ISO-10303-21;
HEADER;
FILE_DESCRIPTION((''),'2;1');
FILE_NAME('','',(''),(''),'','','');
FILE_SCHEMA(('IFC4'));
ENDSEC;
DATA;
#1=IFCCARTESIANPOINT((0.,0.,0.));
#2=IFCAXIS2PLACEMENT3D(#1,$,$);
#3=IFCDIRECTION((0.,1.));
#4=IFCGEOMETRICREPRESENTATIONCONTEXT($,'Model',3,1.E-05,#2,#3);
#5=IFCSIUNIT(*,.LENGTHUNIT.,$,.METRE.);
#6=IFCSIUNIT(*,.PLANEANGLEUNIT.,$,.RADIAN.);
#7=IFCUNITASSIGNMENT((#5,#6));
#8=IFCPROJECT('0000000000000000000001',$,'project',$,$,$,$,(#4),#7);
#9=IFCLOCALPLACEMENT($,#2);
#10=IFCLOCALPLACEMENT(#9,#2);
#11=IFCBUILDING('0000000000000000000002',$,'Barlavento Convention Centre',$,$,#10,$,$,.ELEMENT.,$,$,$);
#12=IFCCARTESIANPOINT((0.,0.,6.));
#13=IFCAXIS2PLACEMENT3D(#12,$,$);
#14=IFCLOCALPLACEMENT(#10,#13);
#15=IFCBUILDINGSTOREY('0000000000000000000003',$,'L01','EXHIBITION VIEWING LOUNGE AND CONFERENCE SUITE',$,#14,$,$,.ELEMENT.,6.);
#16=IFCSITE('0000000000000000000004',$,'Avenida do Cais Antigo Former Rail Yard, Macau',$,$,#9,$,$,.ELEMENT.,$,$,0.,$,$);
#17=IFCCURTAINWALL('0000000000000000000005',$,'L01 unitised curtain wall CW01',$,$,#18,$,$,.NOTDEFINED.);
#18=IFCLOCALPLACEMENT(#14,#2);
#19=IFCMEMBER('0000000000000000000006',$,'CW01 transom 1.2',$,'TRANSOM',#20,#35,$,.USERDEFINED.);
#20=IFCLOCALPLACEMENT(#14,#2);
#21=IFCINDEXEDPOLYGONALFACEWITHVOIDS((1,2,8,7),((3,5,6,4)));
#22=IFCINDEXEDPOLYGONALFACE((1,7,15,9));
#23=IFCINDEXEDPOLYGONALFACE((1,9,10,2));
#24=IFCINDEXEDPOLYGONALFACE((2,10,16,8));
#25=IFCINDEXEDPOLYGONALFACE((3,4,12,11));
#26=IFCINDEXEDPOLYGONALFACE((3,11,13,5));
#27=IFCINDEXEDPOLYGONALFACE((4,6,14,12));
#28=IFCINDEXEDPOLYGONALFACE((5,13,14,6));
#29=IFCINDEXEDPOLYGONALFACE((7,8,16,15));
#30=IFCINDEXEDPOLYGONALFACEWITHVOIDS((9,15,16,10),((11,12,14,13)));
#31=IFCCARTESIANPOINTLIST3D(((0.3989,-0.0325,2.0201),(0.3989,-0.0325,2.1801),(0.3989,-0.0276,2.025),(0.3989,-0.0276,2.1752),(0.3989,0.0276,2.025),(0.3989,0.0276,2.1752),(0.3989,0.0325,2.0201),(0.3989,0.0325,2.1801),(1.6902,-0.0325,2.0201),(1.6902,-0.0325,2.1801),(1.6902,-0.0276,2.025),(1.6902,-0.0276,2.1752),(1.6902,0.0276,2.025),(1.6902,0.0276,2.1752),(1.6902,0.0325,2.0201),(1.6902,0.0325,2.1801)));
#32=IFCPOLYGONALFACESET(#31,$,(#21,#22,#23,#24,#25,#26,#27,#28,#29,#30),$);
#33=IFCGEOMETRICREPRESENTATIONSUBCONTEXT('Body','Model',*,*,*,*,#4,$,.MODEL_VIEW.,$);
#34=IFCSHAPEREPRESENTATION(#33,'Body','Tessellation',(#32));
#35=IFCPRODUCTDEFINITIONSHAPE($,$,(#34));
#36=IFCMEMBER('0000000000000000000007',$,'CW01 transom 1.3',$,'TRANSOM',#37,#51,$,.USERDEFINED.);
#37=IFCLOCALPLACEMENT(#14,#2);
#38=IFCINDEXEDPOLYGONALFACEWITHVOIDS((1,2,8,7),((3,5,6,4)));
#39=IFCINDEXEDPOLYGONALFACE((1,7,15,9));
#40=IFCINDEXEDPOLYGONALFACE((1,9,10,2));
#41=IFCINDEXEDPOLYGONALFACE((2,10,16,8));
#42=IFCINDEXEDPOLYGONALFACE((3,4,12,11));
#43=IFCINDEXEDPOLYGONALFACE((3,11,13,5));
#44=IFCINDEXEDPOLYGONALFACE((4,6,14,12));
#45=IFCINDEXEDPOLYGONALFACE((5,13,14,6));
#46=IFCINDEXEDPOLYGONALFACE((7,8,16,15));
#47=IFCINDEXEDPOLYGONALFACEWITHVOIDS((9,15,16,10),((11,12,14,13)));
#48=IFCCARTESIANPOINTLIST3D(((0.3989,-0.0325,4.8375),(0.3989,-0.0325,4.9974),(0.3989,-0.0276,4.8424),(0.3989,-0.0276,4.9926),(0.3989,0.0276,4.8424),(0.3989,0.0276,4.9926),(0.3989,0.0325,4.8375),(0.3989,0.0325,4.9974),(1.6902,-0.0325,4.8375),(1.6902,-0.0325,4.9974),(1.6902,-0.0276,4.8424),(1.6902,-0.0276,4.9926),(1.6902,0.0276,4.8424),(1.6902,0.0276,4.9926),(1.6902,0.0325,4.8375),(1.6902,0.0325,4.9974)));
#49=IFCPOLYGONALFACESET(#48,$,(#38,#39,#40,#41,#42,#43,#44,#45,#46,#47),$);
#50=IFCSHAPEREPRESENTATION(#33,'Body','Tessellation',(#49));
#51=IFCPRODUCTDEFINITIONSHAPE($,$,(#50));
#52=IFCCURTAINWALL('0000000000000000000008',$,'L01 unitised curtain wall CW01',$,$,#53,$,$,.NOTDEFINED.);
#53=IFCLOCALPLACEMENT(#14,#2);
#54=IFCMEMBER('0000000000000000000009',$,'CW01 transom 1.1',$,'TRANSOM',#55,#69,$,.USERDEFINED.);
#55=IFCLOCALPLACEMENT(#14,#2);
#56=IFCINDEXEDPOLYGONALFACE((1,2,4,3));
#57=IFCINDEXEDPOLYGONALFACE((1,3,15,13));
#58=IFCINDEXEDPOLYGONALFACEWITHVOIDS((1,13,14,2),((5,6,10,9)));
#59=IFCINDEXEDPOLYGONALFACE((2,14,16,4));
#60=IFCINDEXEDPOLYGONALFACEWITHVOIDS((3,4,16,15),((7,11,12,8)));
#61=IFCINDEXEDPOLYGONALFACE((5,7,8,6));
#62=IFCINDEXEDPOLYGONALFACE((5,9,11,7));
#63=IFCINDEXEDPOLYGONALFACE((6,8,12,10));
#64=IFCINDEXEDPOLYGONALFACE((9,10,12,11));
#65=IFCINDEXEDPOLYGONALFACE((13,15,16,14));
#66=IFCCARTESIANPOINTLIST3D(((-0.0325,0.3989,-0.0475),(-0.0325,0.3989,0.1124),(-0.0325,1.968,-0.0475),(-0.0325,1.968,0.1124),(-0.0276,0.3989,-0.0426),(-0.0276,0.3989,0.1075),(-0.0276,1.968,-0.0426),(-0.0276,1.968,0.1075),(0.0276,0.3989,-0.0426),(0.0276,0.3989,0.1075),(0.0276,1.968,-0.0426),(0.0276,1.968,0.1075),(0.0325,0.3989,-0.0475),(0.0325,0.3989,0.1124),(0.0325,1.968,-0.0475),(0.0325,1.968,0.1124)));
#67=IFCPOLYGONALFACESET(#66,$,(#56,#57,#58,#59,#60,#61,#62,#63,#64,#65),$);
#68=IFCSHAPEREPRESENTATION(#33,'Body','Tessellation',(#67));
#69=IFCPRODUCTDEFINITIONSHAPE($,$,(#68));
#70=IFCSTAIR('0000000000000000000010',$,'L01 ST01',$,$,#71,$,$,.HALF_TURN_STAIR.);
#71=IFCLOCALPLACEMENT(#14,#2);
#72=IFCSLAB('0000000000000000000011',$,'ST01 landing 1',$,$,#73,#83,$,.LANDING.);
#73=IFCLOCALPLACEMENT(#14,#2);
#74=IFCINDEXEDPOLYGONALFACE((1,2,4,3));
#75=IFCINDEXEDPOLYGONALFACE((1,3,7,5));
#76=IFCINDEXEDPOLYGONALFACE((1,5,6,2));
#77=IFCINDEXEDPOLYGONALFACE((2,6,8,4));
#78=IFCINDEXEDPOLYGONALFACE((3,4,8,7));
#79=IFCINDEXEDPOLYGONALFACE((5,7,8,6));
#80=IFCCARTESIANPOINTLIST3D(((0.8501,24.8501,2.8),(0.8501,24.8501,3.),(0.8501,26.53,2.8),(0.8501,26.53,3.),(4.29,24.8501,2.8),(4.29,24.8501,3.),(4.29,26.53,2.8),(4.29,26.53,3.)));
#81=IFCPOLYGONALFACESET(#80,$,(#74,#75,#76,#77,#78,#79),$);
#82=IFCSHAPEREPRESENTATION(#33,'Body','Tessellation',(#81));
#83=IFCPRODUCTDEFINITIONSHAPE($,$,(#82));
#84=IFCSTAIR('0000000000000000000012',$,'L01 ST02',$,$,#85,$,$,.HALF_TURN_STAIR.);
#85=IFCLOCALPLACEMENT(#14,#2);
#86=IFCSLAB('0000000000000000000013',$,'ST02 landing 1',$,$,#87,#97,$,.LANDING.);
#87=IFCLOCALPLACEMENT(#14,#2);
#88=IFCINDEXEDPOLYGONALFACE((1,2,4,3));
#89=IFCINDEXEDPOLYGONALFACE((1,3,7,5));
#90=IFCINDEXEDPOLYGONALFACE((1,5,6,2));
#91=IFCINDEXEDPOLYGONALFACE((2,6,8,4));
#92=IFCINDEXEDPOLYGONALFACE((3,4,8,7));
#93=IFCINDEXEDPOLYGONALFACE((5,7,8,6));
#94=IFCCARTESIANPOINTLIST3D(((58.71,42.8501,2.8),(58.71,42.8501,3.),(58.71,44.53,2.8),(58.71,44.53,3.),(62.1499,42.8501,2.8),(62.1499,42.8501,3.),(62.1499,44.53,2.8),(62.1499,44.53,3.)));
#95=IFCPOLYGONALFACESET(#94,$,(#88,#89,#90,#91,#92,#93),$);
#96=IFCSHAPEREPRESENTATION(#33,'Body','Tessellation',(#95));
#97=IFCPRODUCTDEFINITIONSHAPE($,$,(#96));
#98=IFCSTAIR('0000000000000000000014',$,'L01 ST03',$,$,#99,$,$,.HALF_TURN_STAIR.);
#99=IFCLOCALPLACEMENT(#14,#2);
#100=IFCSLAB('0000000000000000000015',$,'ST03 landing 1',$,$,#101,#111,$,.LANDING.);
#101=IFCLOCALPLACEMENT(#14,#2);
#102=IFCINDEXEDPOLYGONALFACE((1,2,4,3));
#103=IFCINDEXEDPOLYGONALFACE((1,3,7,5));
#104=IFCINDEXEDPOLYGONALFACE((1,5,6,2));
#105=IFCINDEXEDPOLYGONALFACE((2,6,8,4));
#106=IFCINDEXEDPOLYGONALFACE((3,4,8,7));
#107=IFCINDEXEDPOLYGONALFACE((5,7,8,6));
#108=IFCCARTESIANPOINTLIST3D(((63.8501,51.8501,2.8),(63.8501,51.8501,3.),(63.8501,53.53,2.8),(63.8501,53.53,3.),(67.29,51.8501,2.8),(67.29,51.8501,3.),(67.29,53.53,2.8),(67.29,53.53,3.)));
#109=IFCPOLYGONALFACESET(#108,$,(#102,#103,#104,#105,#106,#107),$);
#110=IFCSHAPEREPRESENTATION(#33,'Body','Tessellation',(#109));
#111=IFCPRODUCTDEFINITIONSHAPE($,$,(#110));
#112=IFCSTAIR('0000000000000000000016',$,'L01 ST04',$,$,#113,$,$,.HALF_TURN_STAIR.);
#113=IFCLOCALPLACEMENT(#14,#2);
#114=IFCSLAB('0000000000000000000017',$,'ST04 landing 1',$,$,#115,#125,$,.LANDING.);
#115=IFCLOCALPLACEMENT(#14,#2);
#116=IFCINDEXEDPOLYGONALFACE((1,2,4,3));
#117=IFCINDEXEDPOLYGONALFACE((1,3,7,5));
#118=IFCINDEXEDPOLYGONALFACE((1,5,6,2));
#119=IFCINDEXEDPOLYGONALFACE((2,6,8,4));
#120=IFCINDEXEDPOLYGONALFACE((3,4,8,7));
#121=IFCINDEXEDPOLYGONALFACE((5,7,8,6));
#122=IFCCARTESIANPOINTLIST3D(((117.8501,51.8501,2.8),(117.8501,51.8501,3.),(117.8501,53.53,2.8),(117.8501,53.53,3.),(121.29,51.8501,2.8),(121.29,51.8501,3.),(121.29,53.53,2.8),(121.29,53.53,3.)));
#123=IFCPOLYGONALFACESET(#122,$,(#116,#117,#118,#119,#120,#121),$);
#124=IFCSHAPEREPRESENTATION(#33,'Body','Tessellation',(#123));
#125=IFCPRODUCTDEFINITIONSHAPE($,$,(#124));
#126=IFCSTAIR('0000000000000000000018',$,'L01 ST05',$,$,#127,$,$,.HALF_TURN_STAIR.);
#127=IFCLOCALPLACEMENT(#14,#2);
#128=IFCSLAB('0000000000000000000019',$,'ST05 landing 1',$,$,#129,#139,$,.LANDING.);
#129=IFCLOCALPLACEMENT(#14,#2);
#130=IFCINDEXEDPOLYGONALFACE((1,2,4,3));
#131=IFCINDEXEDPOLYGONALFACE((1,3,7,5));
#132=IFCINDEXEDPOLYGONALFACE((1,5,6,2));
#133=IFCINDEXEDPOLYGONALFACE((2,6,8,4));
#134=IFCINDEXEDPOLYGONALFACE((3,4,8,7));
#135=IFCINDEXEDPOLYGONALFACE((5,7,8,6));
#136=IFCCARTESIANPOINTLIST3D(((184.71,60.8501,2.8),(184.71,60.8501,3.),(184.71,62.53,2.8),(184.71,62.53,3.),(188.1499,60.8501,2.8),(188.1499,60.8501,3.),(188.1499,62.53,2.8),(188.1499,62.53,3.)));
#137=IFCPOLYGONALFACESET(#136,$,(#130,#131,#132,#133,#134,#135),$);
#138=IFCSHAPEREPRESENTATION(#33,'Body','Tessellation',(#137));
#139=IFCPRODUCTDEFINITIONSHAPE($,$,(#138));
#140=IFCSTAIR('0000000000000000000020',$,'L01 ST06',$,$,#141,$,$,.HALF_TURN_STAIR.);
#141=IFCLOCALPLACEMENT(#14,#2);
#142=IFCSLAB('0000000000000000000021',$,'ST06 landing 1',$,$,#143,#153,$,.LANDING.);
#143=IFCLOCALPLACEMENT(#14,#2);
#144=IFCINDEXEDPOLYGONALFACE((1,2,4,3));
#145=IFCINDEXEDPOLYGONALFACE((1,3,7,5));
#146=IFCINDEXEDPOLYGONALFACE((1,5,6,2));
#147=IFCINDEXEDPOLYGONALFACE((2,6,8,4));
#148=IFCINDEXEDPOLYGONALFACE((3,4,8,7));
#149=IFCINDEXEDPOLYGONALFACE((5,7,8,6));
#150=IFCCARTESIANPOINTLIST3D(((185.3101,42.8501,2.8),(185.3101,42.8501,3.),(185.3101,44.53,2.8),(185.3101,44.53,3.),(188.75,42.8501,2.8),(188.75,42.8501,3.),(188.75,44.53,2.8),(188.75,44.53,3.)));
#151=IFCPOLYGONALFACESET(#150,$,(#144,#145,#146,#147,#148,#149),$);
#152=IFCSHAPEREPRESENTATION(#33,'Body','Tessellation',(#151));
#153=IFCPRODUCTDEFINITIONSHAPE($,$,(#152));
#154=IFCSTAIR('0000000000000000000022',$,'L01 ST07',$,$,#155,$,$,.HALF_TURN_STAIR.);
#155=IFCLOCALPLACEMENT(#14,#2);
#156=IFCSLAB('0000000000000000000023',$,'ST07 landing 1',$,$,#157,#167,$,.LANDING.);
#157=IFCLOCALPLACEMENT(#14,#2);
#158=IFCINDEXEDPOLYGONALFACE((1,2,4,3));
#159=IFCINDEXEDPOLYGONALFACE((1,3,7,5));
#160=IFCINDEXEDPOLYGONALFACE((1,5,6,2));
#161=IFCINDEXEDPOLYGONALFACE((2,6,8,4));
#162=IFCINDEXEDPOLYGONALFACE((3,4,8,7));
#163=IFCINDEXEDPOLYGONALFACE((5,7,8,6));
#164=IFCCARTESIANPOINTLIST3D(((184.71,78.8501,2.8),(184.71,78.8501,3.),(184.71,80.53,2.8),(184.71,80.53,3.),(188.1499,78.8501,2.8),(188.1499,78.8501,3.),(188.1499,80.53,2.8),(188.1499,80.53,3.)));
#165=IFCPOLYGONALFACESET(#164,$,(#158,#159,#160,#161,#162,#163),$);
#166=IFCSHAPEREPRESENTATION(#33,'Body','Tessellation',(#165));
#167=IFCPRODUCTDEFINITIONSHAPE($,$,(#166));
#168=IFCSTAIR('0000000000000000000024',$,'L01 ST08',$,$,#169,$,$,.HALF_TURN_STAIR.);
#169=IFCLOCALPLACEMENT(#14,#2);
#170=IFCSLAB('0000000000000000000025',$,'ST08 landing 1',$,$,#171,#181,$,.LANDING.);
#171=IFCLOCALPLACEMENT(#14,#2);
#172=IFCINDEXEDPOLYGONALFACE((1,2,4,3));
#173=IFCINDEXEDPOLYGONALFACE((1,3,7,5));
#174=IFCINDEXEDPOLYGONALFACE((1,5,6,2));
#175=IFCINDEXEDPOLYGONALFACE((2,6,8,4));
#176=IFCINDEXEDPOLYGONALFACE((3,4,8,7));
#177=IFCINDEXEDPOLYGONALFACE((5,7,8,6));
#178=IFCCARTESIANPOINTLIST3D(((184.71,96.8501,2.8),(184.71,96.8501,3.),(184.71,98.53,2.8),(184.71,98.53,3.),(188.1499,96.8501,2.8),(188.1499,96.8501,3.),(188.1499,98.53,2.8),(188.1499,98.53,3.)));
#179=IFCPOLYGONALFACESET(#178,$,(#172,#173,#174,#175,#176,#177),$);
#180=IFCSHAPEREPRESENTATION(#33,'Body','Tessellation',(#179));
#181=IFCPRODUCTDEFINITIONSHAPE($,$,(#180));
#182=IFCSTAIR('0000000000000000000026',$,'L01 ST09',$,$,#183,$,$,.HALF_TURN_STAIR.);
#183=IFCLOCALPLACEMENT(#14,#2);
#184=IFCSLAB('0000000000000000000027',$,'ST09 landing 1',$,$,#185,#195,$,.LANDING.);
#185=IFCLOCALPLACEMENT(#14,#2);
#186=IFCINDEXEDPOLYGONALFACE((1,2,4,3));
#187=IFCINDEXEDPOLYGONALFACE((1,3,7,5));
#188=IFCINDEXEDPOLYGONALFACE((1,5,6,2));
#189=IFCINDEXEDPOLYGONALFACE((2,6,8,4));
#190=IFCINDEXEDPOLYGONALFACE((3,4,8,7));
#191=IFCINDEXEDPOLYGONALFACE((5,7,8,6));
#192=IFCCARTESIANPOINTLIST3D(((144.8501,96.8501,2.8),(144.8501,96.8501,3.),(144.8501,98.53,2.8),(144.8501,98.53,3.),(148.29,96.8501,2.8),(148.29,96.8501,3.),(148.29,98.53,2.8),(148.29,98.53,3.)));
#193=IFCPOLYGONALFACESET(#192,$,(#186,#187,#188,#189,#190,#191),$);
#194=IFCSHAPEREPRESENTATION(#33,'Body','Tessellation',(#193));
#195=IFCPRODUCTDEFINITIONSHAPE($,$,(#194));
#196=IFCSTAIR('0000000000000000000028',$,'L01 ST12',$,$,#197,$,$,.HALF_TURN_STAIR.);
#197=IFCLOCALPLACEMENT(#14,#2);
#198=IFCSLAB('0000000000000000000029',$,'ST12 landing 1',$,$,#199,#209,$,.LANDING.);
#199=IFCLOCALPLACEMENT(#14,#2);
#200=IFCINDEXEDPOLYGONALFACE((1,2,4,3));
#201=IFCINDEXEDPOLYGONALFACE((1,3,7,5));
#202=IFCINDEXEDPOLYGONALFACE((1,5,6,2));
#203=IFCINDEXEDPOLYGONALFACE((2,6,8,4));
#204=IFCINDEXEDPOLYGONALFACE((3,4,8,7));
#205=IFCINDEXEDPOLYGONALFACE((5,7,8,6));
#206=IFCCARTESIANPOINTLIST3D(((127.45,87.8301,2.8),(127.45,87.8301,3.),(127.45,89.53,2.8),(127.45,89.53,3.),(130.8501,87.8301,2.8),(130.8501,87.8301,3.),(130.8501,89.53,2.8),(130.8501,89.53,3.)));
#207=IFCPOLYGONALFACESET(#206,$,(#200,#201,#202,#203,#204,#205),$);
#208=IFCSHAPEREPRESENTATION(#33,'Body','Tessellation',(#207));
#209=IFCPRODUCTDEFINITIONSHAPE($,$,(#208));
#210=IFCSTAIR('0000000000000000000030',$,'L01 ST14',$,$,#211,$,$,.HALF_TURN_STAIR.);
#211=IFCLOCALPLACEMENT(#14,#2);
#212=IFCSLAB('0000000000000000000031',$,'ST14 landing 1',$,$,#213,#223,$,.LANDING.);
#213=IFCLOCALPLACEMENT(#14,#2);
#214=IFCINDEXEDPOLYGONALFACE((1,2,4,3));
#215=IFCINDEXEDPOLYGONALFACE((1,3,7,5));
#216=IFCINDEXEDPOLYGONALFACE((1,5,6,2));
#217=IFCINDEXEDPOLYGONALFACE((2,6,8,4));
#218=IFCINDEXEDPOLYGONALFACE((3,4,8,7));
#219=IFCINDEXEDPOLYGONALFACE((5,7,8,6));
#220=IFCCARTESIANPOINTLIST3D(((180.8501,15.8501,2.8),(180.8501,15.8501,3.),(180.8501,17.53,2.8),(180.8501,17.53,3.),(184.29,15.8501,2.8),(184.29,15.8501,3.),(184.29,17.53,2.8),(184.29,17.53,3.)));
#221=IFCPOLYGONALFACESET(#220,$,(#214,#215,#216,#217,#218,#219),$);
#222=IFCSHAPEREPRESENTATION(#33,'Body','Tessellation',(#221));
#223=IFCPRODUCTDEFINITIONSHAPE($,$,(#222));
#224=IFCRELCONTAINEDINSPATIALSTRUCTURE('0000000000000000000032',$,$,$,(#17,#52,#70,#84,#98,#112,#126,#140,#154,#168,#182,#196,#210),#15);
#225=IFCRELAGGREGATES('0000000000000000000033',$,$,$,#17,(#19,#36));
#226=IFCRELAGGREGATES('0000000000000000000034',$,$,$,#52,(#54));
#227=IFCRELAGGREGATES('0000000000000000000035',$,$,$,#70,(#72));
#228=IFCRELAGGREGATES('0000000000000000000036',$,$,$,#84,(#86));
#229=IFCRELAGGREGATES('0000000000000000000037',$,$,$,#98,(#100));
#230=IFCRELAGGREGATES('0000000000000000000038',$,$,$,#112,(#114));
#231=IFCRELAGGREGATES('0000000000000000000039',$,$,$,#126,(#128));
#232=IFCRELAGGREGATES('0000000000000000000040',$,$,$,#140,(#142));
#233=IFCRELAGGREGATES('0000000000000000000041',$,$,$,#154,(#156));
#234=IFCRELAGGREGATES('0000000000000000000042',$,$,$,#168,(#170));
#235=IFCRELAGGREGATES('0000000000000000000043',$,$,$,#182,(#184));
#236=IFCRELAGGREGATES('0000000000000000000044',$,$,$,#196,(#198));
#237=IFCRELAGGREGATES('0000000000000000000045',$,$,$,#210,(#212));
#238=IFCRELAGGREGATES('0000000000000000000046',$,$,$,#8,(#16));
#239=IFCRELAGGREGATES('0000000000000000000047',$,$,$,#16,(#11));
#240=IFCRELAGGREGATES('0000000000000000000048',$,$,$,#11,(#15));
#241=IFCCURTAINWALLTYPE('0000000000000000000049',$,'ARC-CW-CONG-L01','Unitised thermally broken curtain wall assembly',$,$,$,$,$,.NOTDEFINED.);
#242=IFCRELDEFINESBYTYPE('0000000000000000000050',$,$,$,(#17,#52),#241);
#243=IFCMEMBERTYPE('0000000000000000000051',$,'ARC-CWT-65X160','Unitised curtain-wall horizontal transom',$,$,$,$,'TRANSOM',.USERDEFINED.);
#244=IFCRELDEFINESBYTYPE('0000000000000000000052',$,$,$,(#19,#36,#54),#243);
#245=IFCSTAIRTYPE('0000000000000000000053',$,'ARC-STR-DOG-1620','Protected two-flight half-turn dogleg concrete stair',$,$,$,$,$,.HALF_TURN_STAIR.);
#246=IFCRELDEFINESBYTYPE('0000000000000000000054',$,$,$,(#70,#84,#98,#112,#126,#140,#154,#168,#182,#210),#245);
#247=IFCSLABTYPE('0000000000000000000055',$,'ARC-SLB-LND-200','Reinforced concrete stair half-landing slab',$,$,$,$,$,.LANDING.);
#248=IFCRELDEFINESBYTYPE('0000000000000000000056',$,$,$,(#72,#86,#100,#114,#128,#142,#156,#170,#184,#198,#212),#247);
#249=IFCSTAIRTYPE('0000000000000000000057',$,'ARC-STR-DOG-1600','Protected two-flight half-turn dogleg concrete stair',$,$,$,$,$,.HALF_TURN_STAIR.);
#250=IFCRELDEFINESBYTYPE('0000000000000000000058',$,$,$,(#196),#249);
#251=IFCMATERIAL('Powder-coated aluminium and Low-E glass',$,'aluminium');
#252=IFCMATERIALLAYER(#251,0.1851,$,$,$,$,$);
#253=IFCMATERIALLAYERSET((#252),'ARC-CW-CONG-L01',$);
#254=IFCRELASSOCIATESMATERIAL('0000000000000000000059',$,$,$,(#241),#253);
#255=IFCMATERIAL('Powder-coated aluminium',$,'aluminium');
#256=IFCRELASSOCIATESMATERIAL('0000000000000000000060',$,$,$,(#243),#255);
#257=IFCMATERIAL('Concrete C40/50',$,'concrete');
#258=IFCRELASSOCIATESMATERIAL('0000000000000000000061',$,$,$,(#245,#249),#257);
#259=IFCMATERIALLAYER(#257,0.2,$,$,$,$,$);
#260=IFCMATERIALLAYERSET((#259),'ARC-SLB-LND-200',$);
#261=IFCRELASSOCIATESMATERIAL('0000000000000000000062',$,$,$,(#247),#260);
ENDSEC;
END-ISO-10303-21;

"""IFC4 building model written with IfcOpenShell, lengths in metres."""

from ifc_helpers import new_model, si_unit, direction, frame, origin, origin_2d, place, context, subcontext, project, spatial, polyline, hollow_rectangle, outline, extrude, material, layer, layer_set, material_profile, profile_set, type_object, element, aggregate, save


model = new_model("IFC4")

# Units and contexts
model_context = context("Model", 3, precision=1e-05, world=origin(), true_north=direction((0.0, 1.0)))
body_context = subcontext(model_context, "Body", "Model", "MODEL_VIEW")
ifc_project = project(units=[si_unit("LENGTHUNIT", "METRE"), si_unit("PLANEANGLEUNIT", "RADIAN")], contexts=[model_context])

# Site, building, storey
site_placement = place(None, origin())
site = spatial("IfcSite", under=ifc_project, at=site_placement, Name="Avenida do Cais Antigo Former Rail Yard, Macau", CompositionType="ELEMENT", RefElevation=0.0)
building_placement = place(site_placement, origin())
building = spatial("IfcBuilding", under=site, at=building_placement, Name="Barlavento Convention Centre", CompositionType="ELEMENT")
storey_placement = place(building_placement, frame((0.0, 0.0, 6.0)))
storey = spatial("IfcBuildingStorey", under=building, at=storey_placement, Name="L01", Description="EXHIBITION VIEWING LOUNGE AND CONFERENCE SUITE", CompositionType="ELEMENT", Elevation=6.0)

# Curtain wall, members
ifc_material_1 = material(Name="Powder-coated aluminium and Low-E glass", Category="aluminium")
ifc_layer_1 = layer(ifc_material_1, 0.1851)
ifc_layer_set_1 = layer_set([ifc_layer_1], Name="ARC-CW-CONG-L01")
curtain_wall_type = type_object("IfcCurtainWallType", Name="ARC-CW-CONG-L01", Description="Unitised thermally broken curtain wall assembly", PredefinedType="NOTDEFINED", material=ifc_layer_set_1)
curtain_wall_1_placement = place(storey_placement, origin())
curtain_wall_1 = element("IfcCurtainWall", 1, at=curtain_wall_1_placement, inside=storey, type_object=curtain_wall_type, Name="L01 unitised curtain wall CW01", PredefinedType="NOTDEFINED")
ifc_material_2 = material(Name="Powder-coated aluminium", Category="aluminium")
ifc_material_profile = material_profile(ifc_material_2, hollow_rectangle(XDim=0.0649, YDim=0.1599, WallThickness=0.0049, at=origin_2d()), Name="AL-TRAN 65x160x5")
ifc_profile_set = profile_set([ifc_material_profile], Name="Powder-coated aluminium")
member_type = type_object("IfcMemberType", Name="ARC-CWT-65X160", Description="Unitised curtain-wall horizontal transom", ElementType="TRANSOM", PredefinedType="USERDEFINED", material=ifc_profile_set)
member_1_placement = place(storey_placement, frame((0.3989, 0.0, 2.1001), z_axis=(1.0, 0.0, 0.0), x_axis=(0.0, 1.0, 0.0)))
member_1 = element("IfcMember", 2, at=member_1_placement, type_object=member_type, Name="CW01 transom 1.2", ObjectType="TRANSOM", PredefinedType="USERDEFINED", context=body_context, shape_type="SweptSolid", body=[
    extrude(hollow_rectangle(XDim=0.0649, YDim=0.1599, WallThickness=0.0049, at=origin_2d()), origin(), (0.0, 0.0, 1.0), 1.2913),
])
member_2_placement = place(storey_placement, frame((0.3989, 0.0, 4.9175), z_axis=(1.0, 0.0, 0.0), x_axis=(0.0, 1.0, 0.0)))
member_2 = element("IfcMember", 3, at=member_2_placement, type_object=member_type, Name="CW01 transom 1.3", ObjectType="TRANSOM", PredefinedType="USERDEFINED", context=body_context, shape_type="SweptSolid", body=[
    extrude(hollow_rectangle(XDim=0.0649, YDim=0.1599, WallThickness=0.0049, at=origin_2d()), origin(), (0.0, 0.0, 1.0), 1.2913),
])
aggregate(curtain_wall_1, [member_1, member_2])

# Curtain wall, member
curtain_wall_2_placement = place(storey_placement, origin())
curtain_wall_2 = element("IfcCurtainWall", 4, at=curtain_wall_2_placement, inside=storey, type_object=curtain_wall_type, Name="L01 unitised curtain wall CW01", PredefinedType="NOTDEFINED")
member_3_placement = place(storey_placement, frame((0.0, 0.3989, 0.0325), z_axis=(0.0, 1.0, 0.0), x_axis=(-1.0, 0.0, 0.0)))
member_3 = element("IfcMember", 5, at=member_3_placement, type_object=member_type, Name="CW01 transom 1.1", ObjectType="TRANSOM", PredefinedType="USERDEFINED", context=body_context, shape_type="SweptSolid", body=[
    extrude(hollow_rectangle(XDim=0.0649, YDim=0.1599, WallThickness=0.0049, at=origin_2d()), origin(), (0.0, 0.0, 1.0), 1.5691),
])
aggregate(curtain_wall_2, [member_3])

# Stairs, slabs
ifc_material_3 = material(Name="Concrete C40/50", Category="concrete")
stair_type_1 = type_object("IfcStairType", Name="ARC-STR-DOG-1620", Description="Protected two-flight half-turn dogleg concrete stair", PredefinedType="HALF_TURN_STAIR", material=ifc_material_3)
stair_1_placement = place(storey_placement, origin())
stair_1 = element("IfcStair", 6, at=stair_1_placement, inside=storey, type_object=stair_type_1, Name="L01 ST01", PredefinedType="HALF_TURN_STAIR")
ifc_layer_2 = layer(ifc_material_3, 0.2)
ifc_layer_set_2 = layer_set([ifc_layer_2], Name="ARC-SLB-LND-200")
slab_type = type_object("IfcSlabType", Name="ARC-SLB-LND-200", Description="Reinforced concrete stair half-landing slab", PredefinedType="LANDING", material=ifc_layer_set_2)
slab_1_placement = place(storey_placement, frame((0.0, 0.0, 2.8)))
slab_1 = element("IfcSlab", 7, at=slab_1_placement, type_object=slab_type, Name="ST01 landing 1", PredefinedType="LANDING", context=body_context, shape_type="SweptSolid", body=[
    extrude(outline(polyline([(4.29, 24.8501), (4.29, 26.53), (0.8501, 26.53), (0.8501, 24.8501), (4.29, 24.8501)])), origin(), (0.0, 0.0, 1.0), 0.2),
])
aggregate(stair_1, [slab_1])
stair_2_placement = place(storey_placement, origin())
stair_2 = element("IfcStair", 8, at=stair_2_placement, inside=storey, type_object=stair_type_1, Name="L01 ST02", PredefinedType="HALF_TURN_STAIR")
slab_2_placement = place(storey_placement, frame((0.0, 0.0, 2.8)))
slab_2 = element("IfcSlab", 9, at=slab_2_placement, type_object=slab_type, Name="ST02 landing 1", PredefinedType="LANDING", context=body_context, shape_type="SweptSolid", body=[
    extrude(outline(polyline([(62.1499, 42.8501), (62.1499, 44.53), (58.71, 44.53), (58.71, 42.8501), (62.1499, 42.8501)])), origin(), (0.0, 0.0, 1.0), 0.2),
])
aggregate(stair_2, [slab_2])
stair_3_placement = place(storey_placement, origin())
stair_3 = element("IfcStair", 10, at=stair_3_placement, inside=storey, type_object=stair_type_1, Name="L01 ST03", PredefinedType="HALF_TURN_STAIR")
slab_3_placement = place(storey_placement, frame((0.0, 0.0, 2.8)))
slab_3 = element("IfcSlab", 11, at=slab_3_placement, type_object=slab_type, Name="ST03 landing 1", PredefinedType="LANDING", context=body_context, shape_type="SweptSolid", body=[
    extrude(outline(polyline([(67.29, 51.8501), (67.29, 53.53), (63.8501, 53.53), (63.8501, 51.8501), (67.29, 51.8501)])), origin(), (0.0, 0.0, 1.0), 0.2),
])
aggregate(stair_3, [slab_3])
stair_4_placement = place(storey_placement, origin())
stair_4 = element("IfcStair", 12, at=stair_4_placement, inside=storey, type_object=stair_type_1, Name="L01 ST04", PredefinedType="HALF_TURN_STAIR")
slab_4_placement = place(storey_placement, frame((0.0, 0.0, 2.8)))
slab_4 = element("IfcSlab", 13, at=slab_4_placement, type_object=slab_type, Name="ST04 landing 1", PredefinedType="LANDING", context=body_context, shape_type="SweptSolid", body=[
    extrude(outline(polyline([(121.29, 51.8501), (121.29, 53.53), (117.8501, 53.53), (117.8501, 51.8501), (121.29, 51.8501)])), origin(), (0.0, 0.0, 1.0), 0.2),
])
aggregate(stair_4, [slab_4])
stair_5_placement = place(storey_placement, origin())
stair_5 = element("IfcStair", 14, at=stair_5_placement, inside=storey, type_object=stair_type_1, Name="L01 ST05", PredefinedType="HALF_TURN_STAIR")
slab_5_placement = place(storey_placement, frame((0.0, 0.0, 2.8)))
slab_5 = element("IfcSlab", 15, at=slab_5_placement, type_object=slab_type, Name="ST05 landing 1", PredefinedType="LANDING", context=body_context, shape_type="SweptSolid", body=[
    extrude(outline(polyline([(188.1499, 60.8501), (188.1499, 62.53), (184.71, 62.53), (184.71, 60.8501), (188.1499, 60.8501)])), origin(), (0.0, 0.0, 1.0), 0.2),
])
aggregate(stair_5, [slab_5])
stair_6_placement = place(storey_placement, origin())
stair_6 = element("IfcStair", 16, at=stair_6_placement, inside=storey, type_object=stair_type_1, Name="L01 ST06", PredefinedType="HALF_TURN_STAIR")
slab_6_placement = place(storey_placement, frame((0.0, 0.0, 2.8)))
slab_6 = element("IfcSlab", 17, at=slab_6_placement, type_object=slab_type, Name="ST06 landing 1", PredefinedType="LANDING", context=body_context, shape_type="SweptSolid", body=[
    extrude(outline(polyline([(188.75, 42.8501), (188.75, 44.53), (185.3101, 44.53), (185.3101, 42.8501), (188.75, 42.8501)])), origin(), (0.0, 0.0, 1.0), 0.2),
])
aggregate(stair_6, [slab_6])
stair_7_placement = place(storey_placement, origin())
stair_7 = element("IfcStair", 18, at=stair_7_placement, inside=storey, type_object=stair_type_1, Name="L01 ST07", PredefinedType="HALF_TURN_STAIR")
slab_7_placement = place(storey_placement, frame((0.0, 0.0, 2.8)))
slab_7 = element("IfcSlab", 19, at=slab_7_placement, type_object=slab_type, Name="ST07 landing 1", PredefinedType="LANDING", context=body_context, shape_type="SweptSolid", body=[
    extrude(outline(polyline([(188.1499, 78.8501), (188.1499, 80.53), (184.71, 80.53), (184.71, 78.8501), (188.1499, 78.8501)])), origin(), (0.0, 0.0, 1.0), 0.2),
])
aggregate(stair_7, [slab_7])
stair_8_placement = place(storey_placement, origin())
stair_8 = element("IfcStair", 20, at=stair_8_placement, inside=storey, type_object=stair_type_1, Name="L01 ST08", PredefinedType="HALF_TURN_STAIR")
slab_8_placement = place(storey_placement, frame((0.0, 0.0, 2.8)))
slab_8 = element("IfcSlab", 21, at=slab_8_placement, type_object=slab_type, Name="ST08 landing 1", PredefinedType="LANDING", context=body_context, shape_type="SweptSolid", body=[
    extrude(outline(polyline([(188.1499, 96.8501), (188.1499, 98.53), (184.71, 98.53), (184.71, 96.8501), (188.1499, 96.8501)])), origin(), (0.0, 0.0, 1.0), 0.2),
])
aggregate(stair_8, [slab_8])
stair_9_placement = place(storey_placement, origin())
stair_9 = element("IfcStair", 22, at=stair_9_placement, inside=storey, type_object=stair_type_1, Name="L01 ST09", PredefinedType="HALF_TURN_STAIR")
slab_9_placement = place(storey_placement, frame((0.0, 0.0, 2.8)))
slab_9 = element("IfcSlab", 23, at=slab_9_placement, type_object=slab_type, Name="ST09 landing 1", PredefinedType="LANDING", context=body_context, shape_type="SweptSolid", body=[
    extrude(outline(polyline([(148.29, 96.8501), (148.29, 98.53), (144.8501, 98.53), (144.8501, 96.8501), (148.29, 96.8501)])), origin(), (0.0, 0.0, 1.0), 0.2),
])
aggregate(stair_9, [slab_9])
stair_type_2 = type_object("IfcStairType", Name="ARC-STR-DOG-1600", Description="Protected two-flight half-turn dogleg concrete stair", PredefinedType="HALF_TURN_STAIR", material=ifc_material_3)
stair_10_placement = place(storey_placement, origin())
stair_10 = element("IfcStair", 24, at=stair_10_placement, inside=storey, type_object=stair_type_2, Name="L01 ST12", PredefinedType="HALF_TURN_STAIR")
slab_10_placement = place(storey_placement, frame((0.0, 0.0, 2.8)))
slab_10 = element("IfcSlab", 25, at=slab_10_placement, type_object=slab_type, Name="ST12 landing 1", PredefinedType="LANDING", context=body_context, shape_type="SweptSolid", body=[
    extrude(outline(polyline([(130.8501, 87.8301), (130.8501, 89.53), (127.45, 89.53), (127.45, 87.8301), (130.8501, 87.8301)])), origin(), (0.0, 0.0, 1.0), 0.2),
])
aggregate(stair_10, [slab_10])
stair_11_placement = place(storey_placement, origin())
stair_11 = element("IfcStair", 26, at=stair_11_placement, inside=storey, type_object=stair_type_1, Name="L01 ST14", PredefinedType="HALF_TURN_STAIR")
slab_11_placement = place(storey_placement, frame((0.0, 0.0, 2.8)))
slab_11 = element("IfcSlab", 27, at=slab_11_placement, type_object=slab_type, Name="ST14 landing 1", PredefinedType="LANDING", context=body_context, shape_type="SweptSolid", body=[
    extrude(outline(polyline([(184.29, 15.8501), (184.29, 17.53), (180.8501, 17.53), (180.8501, 15.8501), (184.29, 15.8501)])), origin(), (0.0, 0.0, 1.0), 0.2),
])
aggregate(stair_11, [slab_11])

save(model, "model.ifc")
